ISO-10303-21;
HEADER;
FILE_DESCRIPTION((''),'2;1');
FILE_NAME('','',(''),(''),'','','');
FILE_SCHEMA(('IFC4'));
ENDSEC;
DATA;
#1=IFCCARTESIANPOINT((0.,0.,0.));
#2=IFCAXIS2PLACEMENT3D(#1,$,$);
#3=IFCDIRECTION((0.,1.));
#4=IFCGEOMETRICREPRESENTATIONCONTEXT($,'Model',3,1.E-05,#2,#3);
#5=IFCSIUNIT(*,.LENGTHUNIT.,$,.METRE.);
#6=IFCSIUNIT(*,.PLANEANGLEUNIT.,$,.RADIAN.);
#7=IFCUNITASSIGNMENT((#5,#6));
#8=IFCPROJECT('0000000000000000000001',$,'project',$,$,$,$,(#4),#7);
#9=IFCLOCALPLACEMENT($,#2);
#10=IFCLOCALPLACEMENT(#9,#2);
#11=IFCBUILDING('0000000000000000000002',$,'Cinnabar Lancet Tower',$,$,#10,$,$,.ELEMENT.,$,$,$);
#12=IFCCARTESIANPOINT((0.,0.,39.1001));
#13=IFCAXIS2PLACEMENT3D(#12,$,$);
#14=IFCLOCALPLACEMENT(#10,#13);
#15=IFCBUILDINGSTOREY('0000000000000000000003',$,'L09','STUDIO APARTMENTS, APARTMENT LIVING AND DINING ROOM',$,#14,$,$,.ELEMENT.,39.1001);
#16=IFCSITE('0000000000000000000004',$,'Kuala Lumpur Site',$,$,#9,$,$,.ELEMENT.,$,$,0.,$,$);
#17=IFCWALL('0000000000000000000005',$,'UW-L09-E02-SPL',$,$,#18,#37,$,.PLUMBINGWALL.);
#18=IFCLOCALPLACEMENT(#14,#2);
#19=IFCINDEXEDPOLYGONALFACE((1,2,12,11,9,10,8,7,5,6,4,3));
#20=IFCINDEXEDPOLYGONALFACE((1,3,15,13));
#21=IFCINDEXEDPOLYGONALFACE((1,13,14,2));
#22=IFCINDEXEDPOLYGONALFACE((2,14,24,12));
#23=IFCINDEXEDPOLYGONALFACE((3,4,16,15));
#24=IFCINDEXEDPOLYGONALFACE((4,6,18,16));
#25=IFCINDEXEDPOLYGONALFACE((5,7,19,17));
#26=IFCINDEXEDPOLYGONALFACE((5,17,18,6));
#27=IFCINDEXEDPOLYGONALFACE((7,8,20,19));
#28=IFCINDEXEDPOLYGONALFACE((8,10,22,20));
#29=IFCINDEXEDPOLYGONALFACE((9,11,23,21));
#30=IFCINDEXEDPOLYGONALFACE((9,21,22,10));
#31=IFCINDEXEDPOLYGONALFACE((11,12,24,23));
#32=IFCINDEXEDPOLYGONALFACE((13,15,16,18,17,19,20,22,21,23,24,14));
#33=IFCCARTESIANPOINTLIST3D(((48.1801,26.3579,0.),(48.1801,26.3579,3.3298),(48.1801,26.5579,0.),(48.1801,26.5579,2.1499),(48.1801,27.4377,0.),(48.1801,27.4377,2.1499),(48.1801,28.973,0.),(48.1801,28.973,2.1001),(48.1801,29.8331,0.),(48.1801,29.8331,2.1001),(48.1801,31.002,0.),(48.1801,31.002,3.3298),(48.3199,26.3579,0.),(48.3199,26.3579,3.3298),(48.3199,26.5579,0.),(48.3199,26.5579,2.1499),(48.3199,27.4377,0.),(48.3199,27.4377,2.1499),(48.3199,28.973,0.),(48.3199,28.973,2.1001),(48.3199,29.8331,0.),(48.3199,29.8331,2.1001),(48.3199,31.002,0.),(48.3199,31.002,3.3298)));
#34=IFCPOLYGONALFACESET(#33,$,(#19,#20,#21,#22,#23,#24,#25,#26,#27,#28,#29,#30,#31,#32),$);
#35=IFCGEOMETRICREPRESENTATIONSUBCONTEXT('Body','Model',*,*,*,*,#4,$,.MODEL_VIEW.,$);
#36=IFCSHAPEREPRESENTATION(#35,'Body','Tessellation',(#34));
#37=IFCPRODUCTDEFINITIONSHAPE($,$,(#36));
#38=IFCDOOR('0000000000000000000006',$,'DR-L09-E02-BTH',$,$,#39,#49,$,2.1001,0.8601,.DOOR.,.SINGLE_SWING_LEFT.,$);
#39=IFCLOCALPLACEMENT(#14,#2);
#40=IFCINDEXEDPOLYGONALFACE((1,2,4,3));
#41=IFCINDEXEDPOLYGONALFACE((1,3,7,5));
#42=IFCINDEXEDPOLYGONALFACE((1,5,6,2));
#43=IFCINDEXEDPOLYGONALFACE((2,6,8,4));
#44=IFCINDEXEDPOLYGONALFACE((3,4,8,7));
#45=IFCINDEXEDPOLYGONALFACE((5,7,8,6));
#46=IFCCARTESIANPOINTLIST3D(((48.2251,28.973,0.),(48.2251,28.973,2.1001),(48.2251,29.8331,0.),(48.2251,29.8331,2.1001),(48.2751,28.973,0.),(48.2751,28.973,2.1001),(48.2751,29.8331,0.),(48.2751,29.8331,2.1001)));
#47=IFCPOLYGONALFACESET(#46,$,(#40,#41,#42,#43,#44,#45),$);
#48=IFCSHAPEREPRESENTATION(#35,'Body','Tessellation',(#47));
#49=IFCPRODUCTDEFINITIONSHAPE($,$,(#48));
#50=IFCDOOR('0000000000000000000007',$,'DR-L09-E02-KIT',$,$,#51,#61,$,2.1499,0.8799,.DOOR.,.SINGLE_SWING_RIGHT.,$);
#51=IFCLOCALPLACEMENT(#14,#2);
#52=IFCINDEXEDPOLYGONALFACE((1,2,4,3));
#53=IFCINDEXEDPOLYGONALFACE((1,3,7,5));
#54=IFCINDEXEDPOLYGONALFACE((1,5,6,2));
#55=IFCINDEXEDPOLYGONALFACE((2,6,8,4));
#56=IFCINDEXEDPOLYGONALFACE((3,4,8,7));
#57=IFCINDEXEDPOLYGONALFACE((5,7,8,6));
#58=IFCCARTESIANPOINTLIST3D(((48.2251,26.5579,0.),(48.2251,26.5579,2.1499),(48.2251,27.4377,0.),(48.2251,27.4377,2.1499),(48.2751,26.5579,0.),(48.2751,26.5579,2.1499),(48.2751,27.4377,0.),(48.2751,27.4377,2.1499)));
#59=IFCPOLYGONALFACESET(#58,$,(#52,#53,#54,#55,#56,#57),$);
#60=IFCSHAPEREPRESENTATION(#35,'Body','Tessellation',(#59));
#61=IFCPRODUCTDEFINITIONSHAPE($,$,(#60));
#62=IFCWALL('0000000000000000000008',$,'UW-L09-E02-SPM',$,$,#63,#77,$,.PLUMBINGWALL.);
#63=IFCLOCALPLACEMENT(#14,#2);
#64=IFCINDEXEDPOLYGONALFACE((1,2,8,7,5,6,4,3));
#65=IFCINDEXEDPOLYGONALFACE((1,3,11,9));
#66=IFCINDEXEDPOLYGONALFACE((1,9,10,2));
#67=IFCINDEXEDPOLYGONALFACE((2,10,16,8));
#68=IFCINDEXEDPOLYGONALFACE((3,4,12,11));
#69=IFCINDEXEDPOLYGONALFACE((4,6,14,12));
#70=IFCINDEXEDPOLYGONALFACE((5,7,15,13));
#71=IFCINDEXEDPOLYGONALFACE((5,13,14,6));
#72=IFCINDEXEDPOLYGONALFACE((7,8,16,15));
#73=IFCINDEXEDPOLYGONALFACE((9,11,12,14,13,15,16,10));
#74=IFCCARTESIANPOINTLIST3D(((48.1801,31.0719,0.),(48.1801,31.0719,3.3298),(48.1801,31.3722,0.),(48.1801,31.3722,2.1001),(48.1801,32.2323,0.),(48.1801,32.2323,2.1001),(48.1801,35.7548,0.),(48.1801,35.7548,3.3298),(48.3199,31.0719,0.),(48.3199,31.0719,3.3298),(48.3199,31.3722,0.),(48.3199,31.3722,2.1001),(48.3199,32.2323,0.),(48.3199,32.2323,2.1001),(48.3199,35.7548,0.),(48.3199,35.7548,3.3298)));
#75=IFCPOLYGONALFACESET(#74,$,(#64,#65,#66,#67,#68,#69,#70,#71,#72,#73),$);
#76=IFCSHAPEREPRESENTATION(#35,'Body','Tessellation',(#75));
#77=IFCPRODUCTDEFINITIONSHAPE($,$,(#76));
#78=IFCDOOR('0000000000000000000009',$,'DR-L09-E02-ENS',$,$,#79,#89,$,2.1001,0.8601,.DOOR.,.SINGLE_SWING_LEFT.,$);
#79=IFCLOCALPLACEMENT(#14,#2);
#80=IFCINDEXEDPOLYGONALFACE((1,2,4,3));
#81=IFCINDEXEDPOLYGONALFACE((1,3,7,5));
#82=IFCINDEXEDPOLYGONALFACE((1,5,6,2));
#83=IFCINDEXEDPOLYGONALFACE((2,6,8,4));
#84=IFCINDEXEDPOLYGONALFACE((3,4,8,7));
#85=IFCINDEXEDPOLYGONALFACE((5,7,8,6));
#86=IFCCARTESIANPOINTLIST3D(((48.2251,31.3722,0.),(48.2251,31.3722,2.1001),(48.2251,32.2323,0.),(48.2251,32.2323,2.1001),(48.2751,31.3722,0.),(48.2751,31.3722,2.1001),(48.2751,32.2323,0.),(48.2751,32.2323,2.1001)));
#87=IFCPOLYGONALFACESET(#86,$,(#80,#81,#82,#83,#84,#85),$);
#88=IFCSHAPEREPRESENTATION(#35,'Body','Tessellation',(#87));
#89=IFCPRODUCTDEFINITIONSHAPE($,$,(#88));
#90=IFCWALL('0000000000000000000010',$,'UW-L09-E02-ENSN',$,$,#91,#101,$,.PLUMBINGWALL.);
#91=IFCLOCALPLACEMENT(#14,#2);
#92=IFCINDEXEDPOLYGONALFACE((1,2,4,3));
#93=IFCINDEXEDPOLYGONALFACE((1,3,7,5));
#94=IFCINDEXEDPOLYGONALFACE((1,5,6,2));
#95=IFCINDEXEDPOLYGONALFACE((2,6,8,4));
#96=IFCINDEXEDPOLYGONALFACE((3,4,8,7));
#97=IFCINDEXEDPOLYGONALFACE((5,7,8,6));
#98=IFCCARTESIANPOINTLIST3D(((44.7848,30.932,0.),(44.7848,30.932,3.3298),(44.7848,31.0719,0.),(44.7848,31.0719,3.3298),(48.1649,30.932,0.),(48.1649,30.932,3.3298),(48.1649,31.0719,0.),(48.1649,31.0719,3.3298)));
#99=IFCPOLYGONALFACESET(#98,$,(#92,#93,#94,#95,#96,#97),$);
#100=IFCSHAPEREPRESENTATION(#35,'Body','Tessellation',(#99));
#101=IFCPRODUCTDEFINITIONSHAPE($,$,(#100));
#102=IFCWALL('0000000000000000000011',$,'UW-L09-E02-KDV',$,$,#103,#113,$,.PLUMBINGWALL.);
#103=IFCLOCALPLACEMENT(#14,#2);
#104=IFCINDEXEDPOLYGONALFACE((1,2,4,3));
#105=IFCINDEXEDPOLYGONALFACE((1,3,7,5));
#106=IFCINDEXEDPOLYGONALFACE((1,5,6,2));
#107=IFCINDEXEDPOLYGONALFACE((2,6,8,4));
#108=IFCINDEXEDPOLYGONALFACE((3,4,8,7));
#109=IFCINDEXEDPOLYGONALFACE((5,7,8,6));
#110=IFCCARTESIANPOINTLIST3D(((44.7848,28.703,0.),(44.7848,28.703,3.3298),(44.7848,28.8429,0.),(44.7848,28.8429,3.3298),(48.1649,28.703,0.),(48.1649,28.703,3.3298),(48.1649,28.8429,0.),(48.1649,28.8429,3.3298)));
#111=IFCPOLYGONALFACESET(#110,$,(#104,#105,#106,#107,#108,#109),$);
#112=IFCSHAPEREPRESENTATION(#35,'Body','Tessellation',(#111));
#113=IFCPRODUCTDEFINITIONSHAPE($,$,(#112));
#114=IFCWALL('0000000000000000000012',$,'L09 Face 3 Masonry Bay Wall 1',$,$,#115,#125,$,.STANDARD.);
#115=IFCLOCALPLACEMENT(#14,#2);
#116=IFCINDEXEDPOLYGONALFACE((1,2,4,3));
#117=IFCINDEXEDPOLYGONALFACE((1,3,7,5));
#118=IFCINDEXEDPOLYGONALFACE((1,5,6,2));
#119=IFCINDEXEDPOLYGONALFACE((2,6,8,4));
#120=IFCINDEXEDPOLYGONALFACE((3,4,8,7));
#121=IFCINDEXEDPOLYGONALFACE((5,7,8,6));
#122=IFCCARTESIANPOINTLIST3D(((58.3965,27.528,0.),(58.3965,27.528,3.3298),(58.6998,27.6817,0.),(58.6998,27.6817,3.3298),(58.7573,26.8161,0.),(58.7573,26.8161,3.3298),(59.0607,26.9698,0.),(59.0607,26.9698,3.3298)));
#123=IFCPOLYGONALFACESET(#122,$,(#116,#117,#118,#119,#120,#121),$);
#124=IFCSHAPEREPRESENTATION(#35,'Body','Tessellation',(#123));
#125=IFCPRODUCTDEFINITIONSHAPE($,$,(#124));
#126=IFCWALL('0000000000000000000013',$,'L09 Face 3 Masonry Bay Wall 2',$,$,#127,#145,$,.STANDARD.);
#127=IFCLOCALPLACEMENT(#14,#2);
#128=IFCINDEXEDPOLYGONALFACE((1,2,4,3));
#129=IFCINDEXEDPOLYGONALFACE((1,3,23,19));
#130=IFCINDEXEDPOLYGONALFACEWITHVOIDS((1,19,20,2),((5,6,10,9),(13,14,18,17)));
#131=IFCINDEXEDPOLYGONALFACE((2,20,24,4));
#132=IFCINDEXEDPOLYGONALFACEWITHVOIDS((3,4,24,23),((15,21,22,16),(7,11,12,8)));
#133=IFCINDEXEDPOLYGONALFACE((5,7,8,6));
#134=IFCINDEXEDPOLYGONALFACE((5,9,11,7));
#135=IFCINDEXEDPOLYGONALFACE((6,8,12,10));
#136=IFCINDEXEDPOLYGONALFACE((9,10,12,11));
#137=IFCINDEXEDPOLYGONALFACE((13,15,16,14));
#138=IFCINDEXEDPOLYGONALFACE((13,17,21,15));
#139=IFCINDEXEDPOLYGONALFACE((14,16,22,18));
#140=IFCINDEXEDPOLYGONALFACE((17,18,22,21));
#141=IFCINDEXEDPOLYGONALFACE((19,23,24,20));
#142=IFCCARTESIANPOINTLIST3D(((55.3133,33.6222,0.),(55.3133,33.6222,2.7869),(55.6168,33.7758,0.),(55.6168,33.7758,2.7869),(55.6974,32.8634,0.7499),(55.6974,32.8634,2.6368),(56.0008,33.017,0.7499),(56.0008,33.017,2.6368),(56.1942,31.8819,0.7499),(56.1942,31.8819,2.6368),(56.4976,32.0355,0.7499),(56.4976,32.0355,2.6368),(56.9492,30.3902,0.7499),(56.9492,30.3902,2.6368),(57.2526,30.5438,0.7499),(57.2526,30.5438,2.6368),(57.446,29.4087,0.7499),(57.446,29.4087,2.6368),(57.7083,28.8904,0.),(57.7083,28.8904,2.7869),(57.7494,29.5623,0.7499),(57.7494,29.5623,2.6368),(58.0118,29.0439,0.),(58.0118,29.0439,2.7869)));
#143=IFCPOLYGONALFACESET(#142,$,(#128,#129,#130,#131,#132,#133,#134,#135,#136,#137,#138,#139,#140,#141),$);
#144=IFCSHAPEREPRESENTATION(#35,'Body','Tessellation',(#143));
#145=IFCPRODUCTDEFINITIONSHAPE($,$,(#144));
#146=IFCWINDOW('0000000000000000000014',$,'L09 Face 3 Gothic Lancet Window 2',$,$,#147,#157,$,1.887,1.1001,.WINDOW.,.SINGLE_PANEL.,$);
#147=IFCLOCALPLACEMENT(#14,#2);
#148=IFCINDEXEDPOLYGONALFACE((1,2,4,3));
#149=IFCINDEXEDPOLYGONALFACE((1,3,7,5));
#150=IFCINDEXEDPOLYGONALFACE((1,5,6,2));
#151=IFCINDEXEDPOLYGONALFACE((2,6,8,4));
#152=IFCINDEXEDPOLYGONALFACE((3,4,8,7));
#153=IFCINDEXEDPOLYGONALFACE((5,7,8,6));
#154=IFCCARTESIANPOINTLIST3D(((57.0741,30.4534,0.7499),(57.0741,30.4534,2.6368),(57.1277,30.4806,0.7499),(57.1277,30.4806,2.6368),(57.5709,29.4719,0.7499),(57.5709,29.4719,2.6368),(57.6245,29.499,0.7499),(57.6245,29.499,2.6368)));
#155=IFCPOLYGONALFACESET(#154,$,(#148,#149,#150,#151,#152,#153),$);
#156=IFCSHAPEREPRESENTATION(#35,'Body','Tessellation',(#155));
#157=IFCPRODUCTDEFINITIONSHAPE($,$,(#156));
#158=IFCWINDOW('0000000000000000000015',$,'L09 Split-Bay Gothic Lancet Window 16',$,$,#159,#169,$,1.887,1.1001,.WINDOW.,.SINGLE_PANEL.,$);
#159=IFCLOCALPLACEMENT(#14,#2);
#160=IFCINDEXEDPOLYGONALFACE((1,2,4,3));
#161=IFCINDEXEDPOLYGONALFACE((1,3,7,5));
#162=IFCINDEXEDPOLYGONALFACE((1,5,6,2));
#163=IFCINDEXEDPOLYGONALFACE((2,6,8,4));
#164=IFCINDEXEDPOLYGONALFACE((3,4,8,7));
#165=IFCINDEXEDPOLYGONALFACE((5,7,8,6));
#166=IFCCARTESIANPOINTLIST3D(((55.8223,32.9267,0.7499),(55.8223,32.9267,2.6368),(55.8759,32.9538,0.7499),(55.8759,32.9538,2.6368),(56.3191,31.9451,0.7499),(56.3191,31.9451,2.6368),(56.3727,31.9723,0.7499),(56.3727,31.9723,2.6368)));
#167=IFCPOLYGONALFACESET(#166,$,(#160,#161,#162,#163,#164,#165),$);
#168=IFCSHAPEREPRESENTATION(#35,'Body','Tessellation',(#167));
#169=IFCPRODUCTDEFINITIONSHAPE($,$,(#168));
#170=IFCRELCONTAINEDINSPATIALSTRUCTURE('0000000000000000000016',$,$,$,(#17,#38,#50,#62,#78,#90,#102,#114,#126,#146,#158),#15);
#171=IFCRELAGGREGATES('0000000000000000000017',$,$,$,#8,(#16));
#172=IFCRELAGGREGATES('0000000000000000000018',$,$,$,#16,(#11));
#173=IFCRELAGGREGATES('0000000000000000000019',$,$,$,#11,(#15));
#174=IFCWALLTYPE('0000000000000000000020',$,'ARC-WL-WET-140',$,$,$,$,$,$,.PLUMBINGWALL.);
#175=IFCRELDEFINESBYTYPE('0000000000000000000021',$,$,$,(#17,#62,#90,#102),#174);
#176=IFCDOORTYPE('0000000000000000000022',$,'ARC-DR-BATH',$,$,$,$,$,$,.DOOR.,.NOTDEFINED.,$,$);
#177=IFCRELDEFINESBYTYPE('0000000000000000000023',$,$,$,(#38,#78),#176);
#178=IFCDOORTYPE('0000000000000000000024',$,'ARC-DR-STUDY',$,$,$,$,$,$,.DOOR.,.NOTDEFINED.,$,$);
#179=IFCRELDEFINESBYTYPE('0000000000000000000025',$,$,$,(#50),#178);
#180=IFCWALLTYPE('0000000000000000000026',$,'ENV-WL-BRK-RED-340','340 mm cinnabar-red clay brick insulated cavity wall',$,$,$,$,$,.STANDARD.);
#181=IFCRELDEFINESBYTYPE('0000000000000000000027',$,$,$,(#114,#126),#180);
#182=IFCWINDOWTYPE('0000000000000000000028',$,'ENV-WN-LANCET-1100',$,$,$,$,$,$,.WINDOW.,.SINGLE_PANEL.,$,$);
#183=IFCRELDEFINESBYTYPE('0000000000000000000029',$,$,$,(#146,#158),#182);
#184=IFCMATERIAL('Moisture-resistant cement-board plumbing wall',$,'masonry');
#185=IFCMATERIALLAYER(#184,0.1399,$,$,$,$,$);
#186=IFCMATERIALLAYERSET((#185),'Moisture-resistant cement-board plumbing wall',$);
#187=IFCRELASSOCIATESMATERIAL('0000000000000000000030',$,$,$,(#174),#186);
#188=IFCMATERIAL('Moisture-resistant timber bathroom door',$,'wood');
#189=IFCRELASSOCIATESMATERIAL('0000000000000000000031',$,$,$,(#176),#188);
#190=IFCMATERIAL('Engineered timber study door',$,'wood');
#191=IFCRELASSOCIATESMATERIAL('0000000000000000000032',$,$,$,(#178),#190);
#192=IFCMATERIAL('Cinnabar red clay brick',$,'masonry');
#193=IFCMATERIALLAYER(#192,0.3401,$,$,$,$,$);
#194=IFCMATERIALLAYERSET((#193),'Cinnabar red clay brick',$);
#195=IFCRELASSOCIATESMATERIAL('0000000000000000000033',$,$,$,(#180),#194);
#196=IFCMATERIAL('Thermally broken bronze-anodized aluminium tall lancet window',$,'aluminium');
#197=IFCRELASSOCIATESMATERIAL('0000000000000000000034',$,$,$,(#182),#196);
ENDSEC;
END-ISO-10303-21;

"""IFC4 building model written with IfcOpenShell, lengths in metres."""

from ifc_helpers import new_model, si_unit, direction, frame, frame_2d, origin, place, context, subcontext, project, spatial, rectangle, extrude, material, layer, layer_set, type_object, element, fill, save


model = new_model("IFC4")

# Units and contexts
model_context = context("Model", 3, precision=1e-05, world=origin(), true_north=direction((0.0, 1.0)))
body_context = subcontext(model_context, "Body", "Model", "MODEL_VIEW")
ifc_project = project(units=[si_unit("LENGTHUNIT", "METRE"), si_unit("PLANEANGLEUNIT", "RADIAN")], contexts=[model_context])

# Site, building, storey
site_placement = place(None, origin())
site = spatial("IfcSite", under=ifc_project, at=site_placement, Name="Kuala Lumpur Site", CompositionType="ELEMENT", RefElevation=0.0)
building_placement = place(site_placement, origin())
building = spatial("IfcBuilding", under=site, at=building_placement, Name="Cinnabar Lancet Tower", CompositionType="ELEMENT")
storey_placement = place(building_placement, frame((0.0, 0.0, 39.1001)))
storey = spatial("IfcBuildingStorey", under=building, at=storey_placement, Name="L09", Description="STUDIO APARTMENTS, APARTMENT LIVING AND DINING ROOM", CompositionType="ELEMENT", Elevation=39.1001)

# Wall, openings, doors
ifc_material_1 = material(Name="Moisture-resistant cement-board plumbing wall", Category="masonry")
ifc_layer_1 = layer(ifc_material_1, 0.1399)
ifc_layer_set_1 = layer_set([ifc_layer_1], Name="Moisture-resistant cement-board plumbing wall")
wall_type_1 = type_object("IfcWallType", Name="ARC-WL-WET-140", PredefinedType="PLUMBINGWALL", material=ifc_layer_set_1)
wall_1_placement = place(storey_placement, frame((48.25, 26.3579, 0.0), z_axis=(0.0, 0.0, 1.0), x_axis=(0.0, 1.0, 0.0)))
wall_1 = element("IfcWall", 1, at=wall_1_placement, inside=storey, type_object=wall_type_1, Name="UW-L09-E02-SPL", PredefinedType="PLUMBINGWALL", context=body_context, shape_type="SweptSolid", body=[
    extrude(rectangle(XDim=4.644, YDim=0.1399, at=frame_2d((2.322, 0.0))), origin(), (0.0, 0.0, 1.0), 3.3298),
])
opening_1_placement = place(wall_1_placement, frame((0.2, 0.0, 0.0)))
opening_1 = element("IfcOpeningElement", 2, at=opening_1_placement, cuts=wall_1, PredefinedType="OPENING", context=body_context, shape_type="SweptSolid", body=[
    extrude(rectangle(XDim=0.8799, YDim=2.1499, at=frame_2d((0.4399, 1.075))), frame((0.0, 0.0798, 0.0), z_axis=(0.0, -1.0, 0.0), x_axis=(1.0, 0.0, 0.0)), (0.0, 0.0, 1.0), 0.1599),
])
opening_2_placement = place(wall_1_placement, frame((2.615, 0.0, 0.0)))
opening_2 = element("IfcOpeningElement", 3, at=opening_2_placement, cuts=wall_1, PredefinedType="OPENING", context=body_context, shape_type="SweptSolid", body=[
    extrude(rectangle(XDim=0.8601, YDim=2.1001, at=frame_2d((0.4302, 1.05))), frame((0.0, 0.0798, 0.0), z_axis=(0.0, -1.0, 0.0), x_axis=(1.0, 0.0, 0.0)), (0.0, 0.0, 1.0), 0.1599),
])
ifc_material_2 = material(Name="Moisture-resistant timber bathroom door", Category="wood")
door_type_1 = type_object("IfcDoorType", Name="ARC-DR-BATH", OperationType="NOTDEFINED", PredefinedType="DOOR", material=ifc_material_2)
door_1_placement = place(opening_2_placement, origin())
door_1 = element("IfcDoor", 4, at=door_1_placement, inside=storey, type_object=door_type_1, Name="DR-L09-E02-BTH", OperationType="SINGLE_SWING_LEFT", OverallHeight=2.1001, OverallWidth=0.8601, PredefinedType="DOOR", context=body_context, shape_type="SweptSolid", body=[
    extrude(rectangle(XDim=0.8601, YDim=2.1001, at=frame_2d((0.4302, 1.05))), frame((0.0, 0.0249, 0.0), z_axis=(0.0, -1.0, 0.0), x_axis=(1.0, 0.0, 0.0)), (0.0, 0.0, 1.0), 0.05),
])
fill(opening_2, door_1)
ifc_material_3 = material(Name="Engineered timber study door", Category="wood")
door_type_2 = type_object("IfcDoorType", Name="ARC-DR-STUDY", OperationType="NOTDEFINED", PredefinedType="DOOR", material=ifc_material_3)
door_2_placement = place(opening_1_placement, origin())
door_2 = element("IfcDoor", 5, at=door_2_placement, inside=storey, type_object=door_type_2, Name="DR-L09-E02-KIT", OperationType="SINGLE_SWING_RIGHT", OverallHeight=2.1499, OverallWidth=0.8799, PredefinedType="DOOR", context=body_context, shape_type="SweptSolid", body=[
    extrude(rectangle(XDim=0.8799, YDim=2.1499, at=frame_2d((0.4399, 1.075))), frame((0.0, 0.0249, 0.0), z_axis=(0.0, -1.0, 0.0), x_axis=(1.0, 0.0, 0.0)), (0.0, 0.0, 1.0), 0.05),
])
fill(opening_1, door_2)

# Wall, opening, door
wall_2_placement = place(storey_placement, frame((48.25, 31.072, 0.0), z_axis=(0.0, 0.0, 1.0), x_axis=(0.0, 1.0, 0.0)))
wall_2 = element("IfcWall", 6, at=wall_2_placement, inside=storey, type_object=wall_type_1, Name="UW-L09-E02-SPM", PredefinedType="PLUMBINGWALL", context=body_context, shape_type="SweptSolid", body=[
    extrude(rectangle(XDim=4.6829, YDim=0.1399, at=frame_2d((2.3413, 0.0))), origin(), (0.0, 0.0, 1.0), 3.3298),
])
opening_3_placement = place(wall_2_placement, frame((0.3, 0.0, 0.0)))
opening_3 = element("IfcOpeningElement", 7, at=opening_3_placement, cuts=wall_2, PredefinedType="OPENING", context=body_context, shape_type="SweptSolid", body=[
    extrude(rectangle(XDim=0.8601, YDim=2.1001, at=frame_2d((0.4302, 1.05))), frame((0.0, 0.0798, 0.0), z_axis=(0.0, -1.0, 0.0), x_axis=(1.0, 0.0, 0.0)), (0.0, 0.0, 1.0), 0.1599),
])
door_3_placement = place(opening_3_placement, origin())
door_3 = element("IfcDoor", 8, at=door_3_placement, inside=storey, type_object=door_type_1, Name="DR-L09-E02-ENS", OperationType="SINGLE_SWING_LEFT", OverallHeight=2.1001, OverallWidth=0.8601, PredefinedType="DOOR", context=body_context, shape_type="SweptSolid", body=[
    extrude(rectangle(XDim=0.8601, YDim=2.1001, at=frame_2d((0.4302, 1.05))), frame((0.0, 0.0249, 0.0), z_axis=(0.0, -1.0, 0.0), x_axis=(1.0, 0.0, 0.0)), (0.0, 0.0, 1.0), 0.05),
])
fill(opening_3, door_3)

# Walls
for number, where, z_axis, x_axis, name in (
    (9, (44.7849, 31.002, 0.0), (0.0, 0.0, 1.0), (1.0, 0.0, 0.0), "UW-L09-E02-ENSN"),
    (10, (44.7849, 28.7729, 0.0), (0.0, 0.0, 1.0), (1.0, 0.0, 0.0), "UW-L09-E02-KDV"),
):
    element("IfcWall", number, at=place(storey_placement, frame(where, z_axis=z_axis, x_axis=x_axis)), inside=storey, type_object=wall_type_1, Name=name, PredefinedType="PLUMBINGWALL", context=body_context, shape_type="SweptSolid", body=[
        extrude(rectangle(XDim=3.3801, YDim=0.1399, at=frame_2d((1.6899, 0.0))), origin(), (0.0, 0.0, 1.0), 3.3298),
    ])
ifc_material_4 = material(Name="Cinnabar red clay brick", Category="masonry")
ifc_layer_2 = layer(ifc_material_4, 0.3401)
ifc_layer_set_2 = layer_set([ifc_layer_2], Name="Cinnabar red clay brick")
wall_type_2 = type_object("IfcWallType", Name="ENV-WL-BRK-RED-340", Description="340 mm cinnabar-red clay brick insulated cavity wall", PredefinedType="STANDARD", material=ifc_layer_set_2)
wall_3_placement = place(storey_placement, frame((58.9089, 26.8931, 0.0), z_axis=(0.0, 0.0, 1.0), x_axis=(-0.452101, 0.891967, 0.0)))
element("IfcWall", 11, at=wall_3_placement, inside=storey, type_object=wall_type_2, Name="L09 Face 3 Masonry Bay Wall 1", PredefinedType="STANDARD", context=body_context, shape_type="SweptSolid", body=[
    extrude(rectangle(XDim=0.7981, YDim=0.3401, at=frame_2d((0.3989, 0.0))), origin(), (0.0, 0.0, 1.0), 3.3298),
])

# Wall, openings, windows
wall_4_placement = place(storey_placement, frame((57.8601, 28.967, 0.0), z_axis=(0.0, 0.0, 1.0), x_axis=(-0.451591, 0.892225, 0.0)))
wall_4 = element("IfcWall", 12, at=wall_4_placement, inside=storey, type_object=wall_type_2, Name="L09 Face 3 Masonry Bay Wall 2", PredefinedType="STANDARD", context=body_context, shape_type="SweptSolid", body=[
    extrude(rectangle(XDim=5.3035, YDim=0.3401, at=frame_2d((2.6519, 0.0))), origin(), (0.0, 0.0, 1.0), 2.7869),
])
opening_4_placement = place(wall_4_placement, frame((0.5811, 0.0, 0.75)))
opening_4 = element("IfcOpeningElement", 13, at=opening_4_placement, cuts=wall_4, PredefinedType="OPENING", context=body_context, shape_type="SweptSolid", body=[
    extrude(rectangle(XDim=1.1001, YDim=1.887, at=frame_2d((0.55, 0.9434))), frame((0.0, 0.1799, 0.0), z_axis=(0.0, -1.0, 0.0), x_axis=(1.0, 0.0, 0.0)), (0.0, 0.0, 1.0), 0.3601),
])
opening_5_placement = place(wall_4_placement, frame((3.353, 0.0, 0.75)))
opening_5 = element("IfcOpeningElement", 14, at=opening_5_placement, cuts=wall_4, PredefinedType="OPENING", context=body_context, shape_type="SweptSolid", body=[
    extrude(rectangle(XDim=1.1001, YDim=1.887, at=frame_2d((0.55, 0.9434))), frame((0.0, 0.1799, 0.0), z_axis=(0.0, -1.0, 0.0), x_axis=(1.0, 0.0, 0.0)), (0.0, 0.0, 1.0), 0.3601),
])
ifc_material_5 = material(Name="Thermally broken bronze-anodized aluminium tall lancet window", Category="aluminium")
window_type = type_object("IfcWindowType", Name="ENV-WN-LANCET-1100", PartitioningType="SINGLE_PANEL", PredefinedType="WINDOW", material=ifc_material_5)
window_1_placement = place(opening_4_placement, origin())
window_1 = element("IfcWindow", 15, at=window_1_placement, inside=storey, type_object=window_type, Name="L09 Face 3 Gothic Lancet Window 2", OverallHeight=1.887, OverallWidth=1.1001, PartitioningType="SINGLE_PANEL", PredefinedType="WINDOW", context=body_context, shape_type="SweptSolid", body=[
    extrude(rectangle(XDim=1.1001, YDim=1.887, at=frame_2d((0.55, 0.9434))), frame((0.0, 0.03, 0.0), z_axis=(0.0, -1.0, 0.0), x_axis=(1.0, 0.0, 0.0)), (0.0, 0.0, 1.0), 0.0601),
])
fill(opening_4, window_1)
window_2_placement = place(opening_5_placement, origin())
window_2 = element("IfcWindow", 16, at=window_2_placement, inside=storey, type_object=window_type, Name="L09 Split-Bay Gothic Lancet Window 16", OverallHeight=1.887, OverallWidth=1.1001, PartitioningType="SINGLE_PANEL", PredefinedType="WINDOW", context=body_context, shape_type="SweptSolid", body=[
    extrude(rectangle(XDim=1.1001, YDim=1.887, at=frame_2d((0.55, 0.9434))), frame((0.0, 0.03, 0.0), z_axis=(0.0, -1.0, 0.0), x_axis=(1.0, 0.0, 0.0)), (0.0, 0.0, 1.0), 0.0601),
])
fill(opening_5, window_2)

save(model, "model.ifc")
